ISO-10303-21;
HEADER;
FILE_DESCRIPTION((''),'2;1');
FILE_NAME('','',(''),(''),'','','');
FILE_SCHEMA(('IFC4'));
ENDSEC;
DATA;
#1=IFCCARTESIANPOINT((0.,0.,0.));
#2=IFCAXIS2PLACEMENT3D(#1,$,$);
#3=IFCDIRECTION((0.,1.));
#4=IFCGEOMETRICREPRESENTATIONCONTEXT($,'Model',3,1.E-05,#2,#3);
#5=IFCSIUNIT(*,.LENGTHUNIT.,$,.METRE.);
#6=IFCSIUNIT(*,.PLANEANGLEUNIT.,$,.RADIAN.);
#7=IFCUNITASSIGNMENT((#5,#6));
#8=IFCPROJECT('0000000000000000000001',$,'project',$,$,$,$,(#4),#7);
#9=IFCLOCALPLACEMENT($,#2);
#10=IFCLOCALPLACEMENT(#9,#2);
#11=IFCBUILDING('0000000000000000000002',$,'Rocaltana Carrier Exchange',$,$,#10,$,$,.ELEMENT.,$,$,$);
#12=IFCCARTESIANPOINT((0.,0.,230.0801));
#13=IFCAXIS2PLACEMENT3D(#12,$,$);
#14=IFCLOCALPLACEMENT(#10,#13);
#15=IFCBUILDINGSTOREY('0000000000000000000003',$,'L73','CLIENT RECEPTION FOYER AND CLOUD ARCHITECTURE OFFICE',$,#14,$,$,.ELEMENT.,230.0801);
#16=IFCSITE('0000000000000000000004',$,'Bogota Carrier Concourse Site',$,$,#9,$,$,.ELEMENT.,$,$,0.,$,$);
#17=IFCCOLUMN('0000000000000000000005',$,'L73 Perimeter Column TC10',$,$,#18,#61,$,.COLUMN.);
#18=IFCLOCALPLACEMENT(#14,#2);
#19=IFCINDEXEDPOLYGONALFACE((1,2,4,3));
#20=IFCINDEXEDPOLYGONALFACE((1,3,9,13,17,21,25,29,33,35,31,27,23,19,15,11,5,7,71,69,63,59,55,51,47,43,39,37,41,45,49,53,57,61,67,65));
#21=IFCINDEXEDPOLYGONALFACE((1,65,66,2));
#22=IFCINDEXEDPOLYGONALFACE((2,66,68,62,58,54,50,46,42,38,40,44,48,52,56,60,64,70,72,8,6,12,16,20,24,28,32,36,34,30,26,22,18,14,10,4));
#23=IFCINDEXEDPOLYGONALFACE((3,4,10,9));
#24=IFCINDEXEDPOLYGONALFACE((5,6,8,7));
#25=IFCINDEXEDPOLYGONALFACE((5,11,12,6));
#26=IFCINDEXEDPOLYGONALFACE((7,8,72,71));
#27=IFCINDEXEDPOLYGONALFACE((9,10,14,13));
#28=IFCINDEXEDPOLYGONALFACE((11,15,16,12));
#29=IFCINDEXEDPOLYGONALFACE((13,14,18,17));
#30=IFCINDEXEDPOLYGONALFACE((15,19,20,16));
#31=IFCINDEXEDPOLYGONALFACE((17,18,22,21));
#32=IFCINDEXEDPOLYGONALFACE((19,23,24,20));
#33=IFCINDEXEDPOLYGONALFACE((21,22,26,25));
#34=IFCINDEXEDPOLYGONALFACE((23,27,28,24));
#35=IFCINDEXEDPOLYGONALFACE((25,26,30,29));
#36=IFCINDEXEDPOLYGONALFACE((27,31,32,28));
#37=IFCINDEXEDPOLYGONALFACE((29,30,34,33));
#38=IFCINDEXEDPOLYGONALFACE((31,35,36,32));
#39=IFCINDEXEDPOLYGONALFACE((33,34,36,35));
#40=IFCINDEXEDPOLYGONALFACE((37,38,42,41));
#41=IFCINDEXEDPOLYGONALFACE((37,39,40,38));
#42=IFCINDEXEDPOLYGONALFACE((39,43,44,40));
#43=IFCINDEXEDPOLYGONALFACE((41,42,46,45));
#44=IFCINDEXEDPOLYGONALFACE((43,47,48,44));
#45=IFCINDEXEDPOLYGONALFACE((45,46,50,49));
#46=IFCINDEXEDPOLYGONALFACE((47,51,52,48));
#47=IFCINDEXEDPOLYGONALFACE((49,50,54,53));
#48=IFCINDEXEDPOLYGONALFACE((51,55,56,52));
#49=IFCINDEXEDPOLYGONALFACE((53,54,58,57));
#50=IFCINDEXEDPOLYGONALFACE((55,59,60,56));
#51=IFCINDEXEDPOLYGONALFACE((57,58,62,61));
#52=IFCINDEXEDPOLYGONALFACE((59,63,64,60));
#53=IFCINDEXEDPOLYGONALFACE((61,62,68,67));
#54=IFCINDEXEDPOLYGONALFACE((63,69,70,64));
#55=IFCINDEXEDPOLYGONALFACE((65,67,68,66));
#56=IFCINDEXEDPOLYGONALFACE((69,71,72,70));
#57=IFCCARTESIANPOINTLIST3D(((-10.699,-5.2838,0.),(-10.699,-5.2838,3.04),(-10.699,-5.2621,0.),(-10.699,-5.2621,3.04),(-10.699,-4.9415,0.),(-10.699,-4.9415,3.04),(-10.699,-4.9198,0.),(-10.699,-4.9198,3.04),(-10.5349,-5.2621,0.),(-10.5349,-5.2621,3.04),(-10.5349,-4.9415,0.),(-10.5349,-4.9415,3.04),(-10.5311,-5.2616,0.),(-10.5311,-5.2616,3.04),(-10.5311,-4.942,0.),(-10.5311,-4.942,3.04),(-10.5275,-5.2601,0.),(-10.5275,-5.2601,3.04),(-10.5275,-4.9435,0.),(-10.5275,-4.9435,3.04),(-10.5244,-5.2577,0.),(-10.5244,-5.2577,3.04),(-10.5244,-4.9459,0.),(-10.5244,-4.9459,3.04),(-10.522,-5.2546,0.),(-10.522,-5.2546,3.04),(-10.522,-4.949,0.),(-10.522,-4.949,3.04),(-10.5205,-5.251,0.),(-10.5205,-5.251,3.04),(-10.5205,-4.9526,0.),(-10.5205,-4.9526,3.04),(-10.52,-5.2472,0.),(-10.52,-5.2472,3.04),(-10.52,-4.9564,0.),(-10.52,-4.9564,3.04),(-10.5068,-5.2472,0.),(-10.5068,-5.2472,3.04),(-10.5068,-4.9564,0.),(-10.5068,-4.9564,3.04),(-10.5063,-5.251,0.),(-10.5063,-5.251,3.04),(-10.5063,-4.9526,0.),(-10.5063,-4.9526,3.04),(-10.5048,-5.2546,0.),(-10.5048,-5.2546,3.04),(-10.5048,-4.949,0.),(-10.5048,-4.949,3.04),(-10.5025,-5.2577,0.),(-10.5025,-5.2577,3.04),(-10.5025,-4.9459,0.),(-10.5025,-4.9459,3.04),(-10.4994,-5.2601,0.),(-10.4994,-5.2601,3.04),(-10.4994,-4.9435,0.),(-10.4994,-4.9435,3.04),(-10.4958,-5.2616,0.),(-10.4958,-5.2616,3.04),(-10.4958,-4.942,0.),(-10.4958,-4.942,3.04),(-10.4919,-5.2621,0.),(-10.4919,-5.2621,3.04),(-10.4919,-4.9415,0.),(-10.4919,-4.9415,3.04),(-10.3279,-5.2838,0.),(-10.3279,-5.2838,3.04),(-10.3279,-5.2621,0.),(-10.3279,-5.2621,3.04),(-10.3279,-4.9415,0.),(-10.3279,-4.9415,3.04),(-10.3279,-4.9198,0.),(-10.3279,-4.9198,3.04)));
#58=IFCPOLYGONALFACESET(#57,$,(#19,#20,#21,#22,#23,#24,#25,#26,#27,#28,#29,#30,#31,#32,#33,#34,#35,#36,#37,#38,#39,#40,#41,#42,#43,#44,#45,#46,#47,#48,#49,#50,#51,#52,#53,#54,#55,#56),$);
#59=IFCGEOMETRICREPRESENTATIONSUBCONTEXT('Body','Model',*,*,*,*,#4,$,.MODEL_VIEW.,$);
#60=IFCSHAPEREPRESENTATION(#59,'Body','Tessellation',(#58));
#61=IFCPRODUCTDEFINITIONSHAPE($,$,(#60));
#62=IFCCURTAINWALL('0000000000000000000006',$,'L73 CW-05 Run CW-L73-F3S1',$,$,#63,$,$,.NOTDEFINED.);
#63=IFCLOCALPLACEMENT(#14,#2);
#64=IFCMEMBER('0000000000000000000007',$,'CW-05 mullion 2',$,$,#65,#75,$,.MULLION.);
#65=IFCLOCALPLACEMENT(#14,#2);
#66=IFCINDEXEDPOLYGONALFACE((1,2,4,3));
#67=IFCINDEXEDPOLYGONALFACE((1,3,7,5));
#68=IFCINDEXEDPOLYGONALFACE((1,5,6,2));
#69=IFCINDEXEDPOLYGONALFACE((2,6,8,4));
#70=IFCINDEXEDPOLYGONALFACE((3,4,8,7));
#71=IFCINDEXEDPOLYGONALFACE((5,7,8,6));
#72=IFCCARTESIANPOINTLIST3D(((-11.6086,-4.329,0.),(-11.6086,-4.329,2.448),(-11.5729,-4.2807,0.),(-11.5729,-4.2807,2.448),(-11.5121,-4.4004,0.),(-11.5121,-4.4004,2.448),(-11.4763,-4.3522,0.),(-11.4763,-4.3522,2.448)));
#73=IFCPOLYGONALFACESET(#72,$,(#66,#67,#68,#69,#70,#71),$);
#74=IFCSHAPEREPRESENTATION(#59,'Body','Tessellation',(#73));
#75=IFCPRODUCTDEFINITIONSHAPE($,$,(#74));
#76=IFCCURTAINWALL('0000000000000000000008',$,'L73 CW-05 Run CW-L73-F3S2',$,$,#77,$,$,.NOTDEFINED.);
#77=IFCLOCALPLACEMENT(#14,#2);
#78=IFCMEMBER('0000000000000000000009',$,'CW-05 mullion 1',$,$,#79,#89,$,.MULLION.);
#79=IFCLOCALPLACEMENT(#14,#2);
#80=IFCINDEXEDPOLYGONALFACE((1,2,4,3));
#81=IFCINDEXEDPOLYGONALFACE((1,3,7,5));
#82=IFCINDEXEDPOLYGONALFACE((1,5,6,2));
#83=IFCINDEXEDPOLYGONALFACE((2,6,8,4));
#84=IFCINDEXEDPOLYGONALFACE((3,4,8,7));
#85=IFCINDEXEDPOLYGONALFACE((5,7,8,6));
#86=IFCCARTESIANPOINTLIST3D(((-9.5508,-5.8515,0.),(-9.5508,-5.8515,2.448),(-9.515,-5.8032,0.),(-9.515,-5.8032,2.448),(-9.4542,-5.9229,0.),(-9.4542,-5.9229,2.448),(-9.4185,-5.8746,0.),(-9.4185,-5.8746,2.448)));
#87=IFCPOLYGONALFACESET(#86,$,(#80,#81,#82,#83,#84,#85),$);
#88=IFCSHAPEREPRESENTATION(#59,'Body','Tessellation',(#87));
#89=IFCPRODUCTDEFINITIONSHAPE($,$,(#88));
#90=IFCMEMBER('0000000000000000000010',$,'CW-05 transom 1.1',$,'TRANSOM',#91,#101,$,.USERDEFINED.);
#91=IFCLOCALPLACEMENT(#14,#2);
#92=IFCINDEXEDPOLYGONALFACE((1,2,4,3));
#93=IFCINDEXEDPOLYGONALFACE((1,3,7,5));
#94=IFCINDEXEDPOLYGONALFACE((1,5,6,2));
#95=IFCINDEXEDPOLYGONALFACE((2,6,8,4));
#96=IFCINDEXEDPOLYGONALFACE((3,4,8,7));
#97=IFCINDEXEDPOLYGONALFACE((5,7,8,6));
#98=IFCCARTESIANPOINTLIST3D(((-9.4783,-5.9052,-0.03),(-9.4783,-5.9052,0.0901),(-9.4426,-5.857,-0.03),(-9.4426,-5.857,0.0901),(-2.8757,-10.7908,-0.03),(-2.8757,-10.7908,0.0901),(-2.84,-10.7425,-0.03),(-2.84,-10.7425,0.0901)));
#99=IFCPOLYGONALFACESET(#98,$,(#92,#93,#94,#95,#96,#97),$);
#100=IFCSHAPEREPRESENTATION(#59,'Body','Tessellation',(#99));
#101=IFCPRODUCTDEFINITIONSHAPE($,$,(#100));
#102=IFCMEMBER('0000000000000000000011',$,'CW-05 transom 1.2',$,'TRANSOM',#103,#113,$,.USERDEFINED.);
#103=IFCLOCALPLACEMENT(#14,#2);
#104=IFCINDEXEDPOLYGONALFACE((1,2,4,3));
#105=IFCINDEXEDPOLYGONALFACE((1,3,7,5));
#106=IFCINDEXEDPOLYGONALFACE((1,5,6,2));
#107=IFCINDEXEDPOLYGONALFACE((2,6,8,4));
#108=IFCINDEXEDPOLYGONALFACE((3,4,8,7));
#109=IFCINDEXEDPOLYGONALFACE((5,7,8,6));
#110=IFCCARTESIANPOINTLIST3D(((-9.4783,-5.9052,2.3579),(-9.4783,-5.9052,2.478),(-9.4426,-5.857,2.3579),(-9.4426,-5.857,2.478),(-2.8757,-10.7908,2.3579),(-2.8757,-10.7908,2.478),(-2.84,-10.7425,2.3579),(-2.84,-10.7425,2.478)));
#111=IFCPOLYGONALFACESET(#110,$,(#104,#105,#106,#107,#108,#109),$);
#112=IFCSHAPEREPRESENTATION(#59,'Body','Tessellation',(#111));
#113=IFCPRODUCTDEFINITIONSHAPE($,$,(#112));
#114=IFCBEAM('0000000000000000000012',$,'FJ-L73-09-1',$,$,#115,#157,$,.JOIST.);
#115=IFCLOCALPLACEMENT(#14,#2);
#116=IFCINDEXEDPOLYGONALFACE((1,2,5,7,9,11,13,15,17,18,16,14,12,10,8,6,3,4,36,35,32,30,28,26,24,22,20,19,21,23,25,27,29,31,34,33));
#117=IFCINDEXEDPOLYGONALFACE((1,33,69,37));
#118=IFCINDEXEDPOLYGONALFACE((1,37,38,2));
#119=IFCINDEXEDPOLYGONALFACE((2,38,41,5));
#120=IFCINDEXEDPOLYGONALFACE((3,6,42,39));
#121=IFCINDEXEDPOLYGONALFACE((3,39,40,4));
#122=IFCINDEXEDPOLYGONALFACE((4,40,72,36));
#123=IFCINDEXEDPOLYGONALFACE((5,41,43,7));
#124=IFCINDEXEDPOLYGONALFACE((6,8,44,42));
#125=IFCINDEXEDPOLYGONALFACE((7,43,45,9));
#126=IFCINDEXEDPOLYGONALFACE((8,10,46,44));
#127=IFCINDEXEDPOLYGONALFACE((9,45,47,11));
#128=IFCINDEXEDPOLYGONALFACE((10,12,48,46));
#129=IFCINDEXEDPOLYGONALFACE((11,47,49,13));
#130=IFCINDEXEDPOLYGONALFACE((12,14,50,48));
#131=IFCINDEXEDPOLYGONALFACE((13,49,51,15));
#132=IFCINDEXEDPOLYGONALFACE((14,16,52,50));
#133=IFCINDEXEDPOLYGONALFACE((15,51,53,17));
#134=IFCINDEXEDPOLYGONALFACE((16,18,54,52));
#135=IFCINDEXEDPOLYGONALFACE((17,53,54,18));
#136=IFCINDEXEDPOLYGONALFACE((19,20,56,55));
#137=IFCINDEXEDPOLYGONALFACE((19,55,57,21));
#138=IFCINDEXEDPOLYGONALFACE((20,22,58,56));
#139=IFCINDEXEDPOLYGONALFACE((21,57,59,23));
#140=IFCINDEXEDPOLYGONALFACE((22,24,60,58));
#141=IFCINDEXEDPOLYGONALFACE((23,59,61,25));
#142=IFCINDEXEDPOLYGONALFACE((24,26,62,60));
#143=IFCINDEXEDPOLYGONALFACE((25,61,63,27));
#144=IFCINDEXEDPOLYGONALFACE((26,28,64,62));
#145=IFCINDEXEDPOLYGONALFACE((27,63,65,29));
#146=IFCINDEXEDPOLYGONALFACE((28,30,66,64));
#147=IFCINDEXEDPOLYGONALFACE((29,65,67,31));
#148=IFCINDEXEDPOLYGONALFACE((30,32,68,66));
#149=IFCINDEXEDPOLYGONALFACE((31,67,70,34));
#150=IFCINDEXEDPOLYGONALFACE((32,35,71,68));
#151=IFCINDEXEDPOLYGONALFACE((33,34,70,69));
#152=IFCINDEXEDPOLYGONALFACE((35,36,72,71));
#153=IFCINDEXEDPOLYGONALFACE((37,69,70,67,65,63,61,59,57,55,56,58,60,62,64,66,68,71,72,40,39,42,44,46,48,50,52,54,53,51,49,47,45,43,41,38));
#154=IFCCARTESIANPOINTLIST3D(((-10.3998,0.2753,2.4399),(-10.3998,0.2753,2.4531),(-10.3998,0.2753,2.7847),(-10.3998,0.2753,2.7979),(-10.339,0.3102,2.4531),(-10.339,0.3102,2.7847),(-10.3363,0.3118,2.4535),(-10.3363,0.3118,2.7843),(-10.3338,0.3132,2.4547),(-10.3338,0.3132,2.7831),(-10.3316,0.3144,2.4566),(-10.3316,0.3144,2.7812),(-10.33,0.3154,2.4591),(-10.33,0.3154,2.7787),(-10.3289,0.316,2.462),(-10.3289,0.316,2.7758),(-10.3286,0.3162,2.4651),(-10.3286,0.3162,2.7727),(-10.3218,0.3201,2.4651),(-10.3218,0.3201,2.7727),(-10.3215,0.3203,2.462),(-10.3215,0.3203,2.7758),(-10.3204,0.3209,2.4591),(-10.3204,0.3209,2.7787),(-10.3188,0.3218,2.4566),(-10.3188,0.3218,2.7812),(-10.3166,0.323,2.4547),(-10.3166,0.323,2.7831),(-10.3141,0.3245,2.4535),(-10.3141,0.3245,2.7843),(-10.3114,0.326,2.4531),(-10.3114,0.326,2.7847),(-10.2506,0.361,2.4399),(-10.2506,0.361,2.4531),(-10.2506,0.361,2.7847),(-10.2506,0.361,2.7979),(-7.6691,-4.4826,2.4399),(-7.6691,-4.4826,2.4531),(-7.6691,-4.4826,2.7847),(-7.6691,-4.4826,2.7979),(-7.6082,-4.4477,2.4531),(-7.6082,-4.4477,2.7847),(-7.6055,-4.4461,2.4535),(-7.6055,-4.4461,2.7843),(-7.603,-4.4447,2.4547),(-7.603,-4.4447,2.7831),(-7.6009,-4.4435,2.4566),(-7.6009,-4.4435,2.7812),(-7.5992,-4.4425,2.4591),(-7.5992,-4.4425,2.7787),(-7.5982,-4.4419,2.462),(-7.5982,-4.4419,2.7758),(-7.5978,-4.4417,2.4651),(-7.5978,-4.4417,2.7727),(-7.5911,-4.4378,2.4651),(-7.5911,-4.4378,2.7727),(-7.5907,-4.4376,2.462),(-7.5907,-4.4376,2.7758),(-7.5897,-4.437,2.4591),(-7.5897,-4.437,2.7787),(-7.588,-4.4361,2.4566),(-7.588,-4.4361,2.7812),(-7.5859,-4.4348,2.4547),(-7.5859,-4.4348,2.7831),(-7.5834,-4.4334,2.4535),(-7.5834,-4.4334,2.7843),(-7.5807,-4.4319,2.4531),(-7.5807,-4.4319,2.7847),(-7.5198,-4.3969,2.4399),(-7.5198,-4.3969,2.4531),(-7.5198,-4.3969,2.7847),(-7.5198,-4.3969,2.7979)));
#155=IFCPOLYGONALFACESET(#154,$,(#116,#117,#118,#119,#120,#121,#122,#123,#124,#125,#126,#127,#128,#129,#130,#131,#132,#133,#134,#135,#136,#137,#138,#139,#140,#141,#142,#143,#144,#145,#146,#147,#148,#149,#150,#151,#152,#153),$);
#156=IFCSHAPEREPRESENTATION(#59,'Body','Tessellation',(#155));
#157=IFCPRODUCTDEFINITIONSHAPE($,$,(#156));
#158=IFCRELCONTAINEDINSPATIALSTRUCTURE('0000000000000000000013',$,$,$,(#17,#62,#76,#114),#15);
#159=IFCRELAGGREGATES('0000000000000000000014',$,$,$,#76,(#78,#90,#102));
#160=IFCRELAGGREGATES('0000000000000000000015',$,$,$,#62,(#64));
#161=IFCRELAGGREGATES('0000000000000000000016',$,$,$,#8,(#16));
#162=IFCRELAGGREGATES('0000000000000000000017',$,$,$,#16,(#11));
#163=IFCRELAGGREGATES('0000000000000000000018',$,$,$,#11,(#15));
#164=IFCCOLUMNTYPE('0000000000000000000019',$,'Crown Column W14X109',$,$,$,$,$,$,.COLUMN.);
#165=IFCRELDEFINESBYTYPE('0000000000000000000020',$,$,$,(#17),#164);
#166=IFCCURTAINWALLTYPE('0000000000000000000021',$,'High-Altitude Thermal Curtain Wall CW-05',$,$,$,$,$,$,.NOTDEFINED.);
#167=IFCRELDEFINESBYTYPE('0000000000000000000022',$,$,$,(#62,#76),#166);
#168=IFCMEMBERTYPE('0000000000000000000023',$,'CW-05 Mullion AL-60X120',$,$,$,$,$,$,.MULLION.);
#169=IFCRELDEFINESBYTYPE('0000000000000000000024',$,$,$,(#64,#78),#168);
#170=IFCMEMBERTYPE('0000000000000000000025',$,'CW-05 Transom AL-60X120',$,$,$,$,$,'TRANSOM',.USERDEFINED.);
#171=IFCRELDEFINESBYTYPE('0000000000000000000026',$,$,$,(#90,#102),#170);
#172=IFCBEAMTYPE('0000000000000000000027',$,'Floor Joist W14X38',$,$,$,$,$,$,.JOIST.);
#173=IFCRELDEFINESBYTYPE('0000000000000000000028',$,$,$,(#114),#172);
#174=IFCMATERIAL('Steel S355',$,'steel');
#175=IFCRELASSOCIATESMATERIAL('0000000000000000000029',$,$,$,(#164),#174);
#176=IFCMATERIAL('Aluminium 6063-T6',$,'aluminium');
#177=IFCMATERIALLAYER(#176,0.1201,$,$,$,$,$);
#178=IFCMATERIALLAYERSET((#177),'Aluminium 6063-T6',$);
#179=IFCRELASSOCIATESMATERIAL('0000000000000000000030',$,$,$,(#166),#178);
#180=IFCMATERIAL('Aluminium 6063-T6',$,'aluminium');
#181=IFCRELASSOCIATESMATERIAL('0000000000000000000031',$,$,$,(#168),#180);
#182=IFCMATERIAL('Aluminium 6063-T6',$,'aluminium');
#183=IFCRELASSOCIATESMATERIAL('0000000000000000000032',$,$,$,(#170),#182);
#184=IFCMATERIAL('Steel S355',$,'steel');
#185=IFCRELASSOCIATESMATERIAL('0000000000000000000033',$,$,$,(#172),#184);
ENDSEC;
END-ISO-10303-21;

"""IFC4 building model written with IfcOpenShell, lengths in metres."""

from ifc_helpers import new_model, si_unit, direction, frame, origin, origin_2d, place, context, subcontext, project, spatial, rectangle, i_section, extrude, material, layer, layer_set, material_profile, profile_set, type_object, element, aggregate, save


model = new_model("IFC4")

# Units and contexts
model_context = context("Model", 3, precision=1e-05, world=origin(), true_north=direction((0.0, 1.0)))
body_context = subcontext(model_context, "Body", "Model", "MODEL_VIEW")
ifc_project = project(units=[si_unit("LENGTHUNIT", "METRE"), si_unit("PLANEANGLEUNIT", "RADIAN")], contexts=[model_context])

# Site, building, storey
site_placement = place(None, origin())
site = spatial("IfcSite", under=ifc_project, at=site_placement, Name="Bogota Carrier Concourse Site", CompositionType="ELEMENT", RefElevation=0.0)
building_placement = place(site_placement, origin())
building = spatial("IfcBuilding", under=site, at=building_placement, Name="Rocaltana Carrier Exchange", CompositionType="ELEMENT")
storey_placement = place(building_placement, frame((0.0, 0.0, 230.0801)))
storey = spatial("IfcBuildingStorey", under=building, at=storey_placement, Name="L73", Description="CLIENT RECEPTION FOYER AND CLOUD ARCHITECTURE OFFICE", CompositionType="ELEMENT", Elevation=230.0801)

# Column
ifc_material_1 = material(Name="Steel S355", Category="steel")
ifc_material_profile_1 = material_profile(ifc_material_1, i_section(OverallWidth=0.3711, OverallDepth=0.364, WebThickness=0.0132, FlangeThickness=0.0217, FilletRadius=0.0149, at=origin_2d()), Name="W14X109")
ifc_profile_set_1 = profile_set([ifc_material_profile_1], Name="Steel S355")
column_type = type_object("IfcColumnType", Name="Crown Column W14X109", PredefinedType="COLUMN", material=ifc_profile_set_1)
column_placement = place(storey_placement, frame((-10.5134, -5.1018, 0.0), z_axis=(0.0, 0.0, 1.0), x_axis=(1.0, 0.0, 0.0)))
element("IfcColumn", 1, at=column_placement, inside=storey, type_object=column_type, Name="L73 Perimeter Column TC10", PredefinedType="COLUMN", context=body_context, shape_type="SweptSolid", body=[
    extrude(i_section(OverallWidth=0.3711, OverallDepth=0.364, WebThickness=0.0132, FlangeThickness=0.0217, FilletRadius=0.0149, at=origin_2d()), origin(), (0.0, 0.0, 1.0), 3.04),
])

# Curtain wall, member
ifc_material_2 = material(Name="Aluminium 6063-T6", Category="aluminium")
ifc_layer_1 = layer(ifc_material_2, 0.1201)
ifc_layer_set_1 = layer_set([ifc_layer_1], Name="Aluminium 6063-T6")
curtain_wall_type = type_object("IfcCurtainWallType", Name="High-Altitude Thermal Curtain Wall CW-05", PredefinedType="NOTDEFINED", material=ifc_layer_set_1)
curtain_wall_1_placement = place(storey_placement, origin())
curtain_wall_1 = element("IfcCurtainWall", 2, at=curtain_wall_1_placement, inside=storey, type_object=curtain_wall_type, Name="L73 CW-05 Run CW-L73-F3S1", PredefinedType="NOTDEFINED")
ifc_material_3 = material(Name="Aluminium 6063-T6", Category="aluminium")
ifc_material_profile_2 = material_profile(ifc_material_3, rectangle(XDim=0.0601, YDim=0.1201, at=origin_2d()), Name="AL-60X120")
ifc_profile_set_2 = profile_set([ifc_material_profile_2], Name="Aluminium 6063-T6")
member_type_1 = type_object("IfcMemberType", Name="CW-05 Mullion AL-60X120", PredefinedType="MULLION", material=ifc_profile_set_2)
member_1_placement = place(storey_placement, frame((-11.5425, -4.3406, 0.0), z_axis=(0.0, 0.0, 1.0), x_axis=(0.594827, 0.803854, 0.0)))
member_1 = element("IfcMember", 3, at=member_1_placement, type_object=member_type_1, Name="CW-05 mullion 2", PredefinedType="MULLION", context=body_context, shape_type="SweptSolid", body=[
    extrude(rectangle(XDim=0.0601, YDim=0.1201, at=origin_2d()), origin(), (0.0, 0.0, 1.0), 2.448),
])

# Curtain wall, members
curtain_wall_2_placement = place(storey_placement, origin())
curtain_wall_2 = element("IfcCurtainWall", 4, at=curtain_wall_2_placement, inside=storey, type_object=curtain_wall_type, Name="L73 CW-05 Run CW-L73-F3S2", PredefinedType="NOTDEFINED")
member_2_placement = place(storey_placement, frame((-9.4846, -5.863, 0.0), z_axis=(0.0, 0.0, 1.0), x_axis=(0.594821, 0.803858, 0.0)))
member_2 = element("IfcMember", 5, at=member_2_placement, type_object=member_type_1, Name="CW-05 mullion 1", PredefinedType="MULLION", context=body_context, shape_type="SweptSolid", body=[
    extrude(rectangle(XDim=0.0601, YDim=0.1201, at=origin_2d()), origin(), (0.0, 0.0, 1.0), 2.448),
])
ifc_material_4 = material(Name="Aluminium 6063-T6", Category="aluminium")
ifc_material_profile_3 = material_profile(ifc_material_4, rectangle(XDim=0.0601, YDim=0.1201, at=origin_2d()), Name="AL-60X120")
ifc_profile_set_3 = profile_set([ifc_material_profile_3], Name="Aluminium 6063-T6")
member_type_2 = type_object("IfcMemberType", Name="CW-05 Transom AL-60X120", ElementType="TRANSOM", PredefinedType="USERDEFINED", material=ifc_profile_set_3)
member_3_placement = place(storey_placement, frame((-9.4604, -5.8811, 0.03), z_axis=(0.803864, -0.594813, 0.0), x_axis=(0.594813, 0.803864, 0.0)))
member_3 = element("IfcMember", 6, at=member_3_placement, type_object=member_type_2, Name="CW-05 transom 1.1", ObjectType="TRANSOM", PredefinedType="USERDEFINED", context=body_context, shape_type="SweptSolid", body=[
    extrude(rectangle(XDim=0.0601, YDim=0.1201, at=origin_2d()), origin(), (0.0, 0.0, 1.0), 8.2136),
])
member_4_placement = place(storey_placement, frame((-9.4604, -5.8811, 2.418), z_axis=(0.803864, -0.594813, 0.0), x_axis=(0.594813, 0.803864, 0.0)))
member_4 = element("IfcMember", 7, at=member_4_placement, type_object=member_type_2, Name="CW-05 transom 1.2", ObjectType="TRANSOM", PredefinedType="USERDEFINED", context=body_context, shape_type="SweptSolid", body=[
    extrude(rectangle(XDim=0.0601, YDim=0.1201, at=origin_2d()), origin(), (0.0, 0.0, 1.0), 8.2136),
])
aggregate(curtain_wall_2, [member_2, member_3, member_4])

# Beam
ifc_material_5 = material(Name="Steel S355", Category="steel")
ifc_material_profile_4 = material_profile(ifc_material_5, i_section(OverallWidth=0.1721, OverallDepth=0.3579, WebThickness=0.0078, FlangeThickness=0.0132, FilletRadius=0.012, at=origin_2d()), Name="W14X38")
ifc_profile_set_4 = profile_set([ifc_material_profile_4], Name="Steel S355")
beam_type_1 = type_object("IfcBeamType", Name="Floor Joist W14X38", PredefinedType="JOIST", material=ifc_profile_set_4)
beam_1_placement = place(storey_placement, frame((-10.3252, 0.3181, 2.6189), z_axis=(0.497782, -0.867302, 0.0), x_axis=(0.867302, 0.497782, 0.0)))
element("IfcBeam", 8, at=beam_1_placement, inside=storey, type_object=beam_type_1, Name="FJ-L73-09-1", PredefinedType="JOIST", context=body_context, shape_type="SweptSolid", body=[
    extrude(i_section(OverallWidth=0.1721, OverallDepth=0.3579, WebThickness=0.0078, FlangeThickness=0.0132, FilletRadius=0.012, at=origin_2d()), origin(), (0.0, 0.0, 1.0), 5.4858),
])

aggregate(curtain_wall_1, [member_1])

save(model, "model.ifc")
